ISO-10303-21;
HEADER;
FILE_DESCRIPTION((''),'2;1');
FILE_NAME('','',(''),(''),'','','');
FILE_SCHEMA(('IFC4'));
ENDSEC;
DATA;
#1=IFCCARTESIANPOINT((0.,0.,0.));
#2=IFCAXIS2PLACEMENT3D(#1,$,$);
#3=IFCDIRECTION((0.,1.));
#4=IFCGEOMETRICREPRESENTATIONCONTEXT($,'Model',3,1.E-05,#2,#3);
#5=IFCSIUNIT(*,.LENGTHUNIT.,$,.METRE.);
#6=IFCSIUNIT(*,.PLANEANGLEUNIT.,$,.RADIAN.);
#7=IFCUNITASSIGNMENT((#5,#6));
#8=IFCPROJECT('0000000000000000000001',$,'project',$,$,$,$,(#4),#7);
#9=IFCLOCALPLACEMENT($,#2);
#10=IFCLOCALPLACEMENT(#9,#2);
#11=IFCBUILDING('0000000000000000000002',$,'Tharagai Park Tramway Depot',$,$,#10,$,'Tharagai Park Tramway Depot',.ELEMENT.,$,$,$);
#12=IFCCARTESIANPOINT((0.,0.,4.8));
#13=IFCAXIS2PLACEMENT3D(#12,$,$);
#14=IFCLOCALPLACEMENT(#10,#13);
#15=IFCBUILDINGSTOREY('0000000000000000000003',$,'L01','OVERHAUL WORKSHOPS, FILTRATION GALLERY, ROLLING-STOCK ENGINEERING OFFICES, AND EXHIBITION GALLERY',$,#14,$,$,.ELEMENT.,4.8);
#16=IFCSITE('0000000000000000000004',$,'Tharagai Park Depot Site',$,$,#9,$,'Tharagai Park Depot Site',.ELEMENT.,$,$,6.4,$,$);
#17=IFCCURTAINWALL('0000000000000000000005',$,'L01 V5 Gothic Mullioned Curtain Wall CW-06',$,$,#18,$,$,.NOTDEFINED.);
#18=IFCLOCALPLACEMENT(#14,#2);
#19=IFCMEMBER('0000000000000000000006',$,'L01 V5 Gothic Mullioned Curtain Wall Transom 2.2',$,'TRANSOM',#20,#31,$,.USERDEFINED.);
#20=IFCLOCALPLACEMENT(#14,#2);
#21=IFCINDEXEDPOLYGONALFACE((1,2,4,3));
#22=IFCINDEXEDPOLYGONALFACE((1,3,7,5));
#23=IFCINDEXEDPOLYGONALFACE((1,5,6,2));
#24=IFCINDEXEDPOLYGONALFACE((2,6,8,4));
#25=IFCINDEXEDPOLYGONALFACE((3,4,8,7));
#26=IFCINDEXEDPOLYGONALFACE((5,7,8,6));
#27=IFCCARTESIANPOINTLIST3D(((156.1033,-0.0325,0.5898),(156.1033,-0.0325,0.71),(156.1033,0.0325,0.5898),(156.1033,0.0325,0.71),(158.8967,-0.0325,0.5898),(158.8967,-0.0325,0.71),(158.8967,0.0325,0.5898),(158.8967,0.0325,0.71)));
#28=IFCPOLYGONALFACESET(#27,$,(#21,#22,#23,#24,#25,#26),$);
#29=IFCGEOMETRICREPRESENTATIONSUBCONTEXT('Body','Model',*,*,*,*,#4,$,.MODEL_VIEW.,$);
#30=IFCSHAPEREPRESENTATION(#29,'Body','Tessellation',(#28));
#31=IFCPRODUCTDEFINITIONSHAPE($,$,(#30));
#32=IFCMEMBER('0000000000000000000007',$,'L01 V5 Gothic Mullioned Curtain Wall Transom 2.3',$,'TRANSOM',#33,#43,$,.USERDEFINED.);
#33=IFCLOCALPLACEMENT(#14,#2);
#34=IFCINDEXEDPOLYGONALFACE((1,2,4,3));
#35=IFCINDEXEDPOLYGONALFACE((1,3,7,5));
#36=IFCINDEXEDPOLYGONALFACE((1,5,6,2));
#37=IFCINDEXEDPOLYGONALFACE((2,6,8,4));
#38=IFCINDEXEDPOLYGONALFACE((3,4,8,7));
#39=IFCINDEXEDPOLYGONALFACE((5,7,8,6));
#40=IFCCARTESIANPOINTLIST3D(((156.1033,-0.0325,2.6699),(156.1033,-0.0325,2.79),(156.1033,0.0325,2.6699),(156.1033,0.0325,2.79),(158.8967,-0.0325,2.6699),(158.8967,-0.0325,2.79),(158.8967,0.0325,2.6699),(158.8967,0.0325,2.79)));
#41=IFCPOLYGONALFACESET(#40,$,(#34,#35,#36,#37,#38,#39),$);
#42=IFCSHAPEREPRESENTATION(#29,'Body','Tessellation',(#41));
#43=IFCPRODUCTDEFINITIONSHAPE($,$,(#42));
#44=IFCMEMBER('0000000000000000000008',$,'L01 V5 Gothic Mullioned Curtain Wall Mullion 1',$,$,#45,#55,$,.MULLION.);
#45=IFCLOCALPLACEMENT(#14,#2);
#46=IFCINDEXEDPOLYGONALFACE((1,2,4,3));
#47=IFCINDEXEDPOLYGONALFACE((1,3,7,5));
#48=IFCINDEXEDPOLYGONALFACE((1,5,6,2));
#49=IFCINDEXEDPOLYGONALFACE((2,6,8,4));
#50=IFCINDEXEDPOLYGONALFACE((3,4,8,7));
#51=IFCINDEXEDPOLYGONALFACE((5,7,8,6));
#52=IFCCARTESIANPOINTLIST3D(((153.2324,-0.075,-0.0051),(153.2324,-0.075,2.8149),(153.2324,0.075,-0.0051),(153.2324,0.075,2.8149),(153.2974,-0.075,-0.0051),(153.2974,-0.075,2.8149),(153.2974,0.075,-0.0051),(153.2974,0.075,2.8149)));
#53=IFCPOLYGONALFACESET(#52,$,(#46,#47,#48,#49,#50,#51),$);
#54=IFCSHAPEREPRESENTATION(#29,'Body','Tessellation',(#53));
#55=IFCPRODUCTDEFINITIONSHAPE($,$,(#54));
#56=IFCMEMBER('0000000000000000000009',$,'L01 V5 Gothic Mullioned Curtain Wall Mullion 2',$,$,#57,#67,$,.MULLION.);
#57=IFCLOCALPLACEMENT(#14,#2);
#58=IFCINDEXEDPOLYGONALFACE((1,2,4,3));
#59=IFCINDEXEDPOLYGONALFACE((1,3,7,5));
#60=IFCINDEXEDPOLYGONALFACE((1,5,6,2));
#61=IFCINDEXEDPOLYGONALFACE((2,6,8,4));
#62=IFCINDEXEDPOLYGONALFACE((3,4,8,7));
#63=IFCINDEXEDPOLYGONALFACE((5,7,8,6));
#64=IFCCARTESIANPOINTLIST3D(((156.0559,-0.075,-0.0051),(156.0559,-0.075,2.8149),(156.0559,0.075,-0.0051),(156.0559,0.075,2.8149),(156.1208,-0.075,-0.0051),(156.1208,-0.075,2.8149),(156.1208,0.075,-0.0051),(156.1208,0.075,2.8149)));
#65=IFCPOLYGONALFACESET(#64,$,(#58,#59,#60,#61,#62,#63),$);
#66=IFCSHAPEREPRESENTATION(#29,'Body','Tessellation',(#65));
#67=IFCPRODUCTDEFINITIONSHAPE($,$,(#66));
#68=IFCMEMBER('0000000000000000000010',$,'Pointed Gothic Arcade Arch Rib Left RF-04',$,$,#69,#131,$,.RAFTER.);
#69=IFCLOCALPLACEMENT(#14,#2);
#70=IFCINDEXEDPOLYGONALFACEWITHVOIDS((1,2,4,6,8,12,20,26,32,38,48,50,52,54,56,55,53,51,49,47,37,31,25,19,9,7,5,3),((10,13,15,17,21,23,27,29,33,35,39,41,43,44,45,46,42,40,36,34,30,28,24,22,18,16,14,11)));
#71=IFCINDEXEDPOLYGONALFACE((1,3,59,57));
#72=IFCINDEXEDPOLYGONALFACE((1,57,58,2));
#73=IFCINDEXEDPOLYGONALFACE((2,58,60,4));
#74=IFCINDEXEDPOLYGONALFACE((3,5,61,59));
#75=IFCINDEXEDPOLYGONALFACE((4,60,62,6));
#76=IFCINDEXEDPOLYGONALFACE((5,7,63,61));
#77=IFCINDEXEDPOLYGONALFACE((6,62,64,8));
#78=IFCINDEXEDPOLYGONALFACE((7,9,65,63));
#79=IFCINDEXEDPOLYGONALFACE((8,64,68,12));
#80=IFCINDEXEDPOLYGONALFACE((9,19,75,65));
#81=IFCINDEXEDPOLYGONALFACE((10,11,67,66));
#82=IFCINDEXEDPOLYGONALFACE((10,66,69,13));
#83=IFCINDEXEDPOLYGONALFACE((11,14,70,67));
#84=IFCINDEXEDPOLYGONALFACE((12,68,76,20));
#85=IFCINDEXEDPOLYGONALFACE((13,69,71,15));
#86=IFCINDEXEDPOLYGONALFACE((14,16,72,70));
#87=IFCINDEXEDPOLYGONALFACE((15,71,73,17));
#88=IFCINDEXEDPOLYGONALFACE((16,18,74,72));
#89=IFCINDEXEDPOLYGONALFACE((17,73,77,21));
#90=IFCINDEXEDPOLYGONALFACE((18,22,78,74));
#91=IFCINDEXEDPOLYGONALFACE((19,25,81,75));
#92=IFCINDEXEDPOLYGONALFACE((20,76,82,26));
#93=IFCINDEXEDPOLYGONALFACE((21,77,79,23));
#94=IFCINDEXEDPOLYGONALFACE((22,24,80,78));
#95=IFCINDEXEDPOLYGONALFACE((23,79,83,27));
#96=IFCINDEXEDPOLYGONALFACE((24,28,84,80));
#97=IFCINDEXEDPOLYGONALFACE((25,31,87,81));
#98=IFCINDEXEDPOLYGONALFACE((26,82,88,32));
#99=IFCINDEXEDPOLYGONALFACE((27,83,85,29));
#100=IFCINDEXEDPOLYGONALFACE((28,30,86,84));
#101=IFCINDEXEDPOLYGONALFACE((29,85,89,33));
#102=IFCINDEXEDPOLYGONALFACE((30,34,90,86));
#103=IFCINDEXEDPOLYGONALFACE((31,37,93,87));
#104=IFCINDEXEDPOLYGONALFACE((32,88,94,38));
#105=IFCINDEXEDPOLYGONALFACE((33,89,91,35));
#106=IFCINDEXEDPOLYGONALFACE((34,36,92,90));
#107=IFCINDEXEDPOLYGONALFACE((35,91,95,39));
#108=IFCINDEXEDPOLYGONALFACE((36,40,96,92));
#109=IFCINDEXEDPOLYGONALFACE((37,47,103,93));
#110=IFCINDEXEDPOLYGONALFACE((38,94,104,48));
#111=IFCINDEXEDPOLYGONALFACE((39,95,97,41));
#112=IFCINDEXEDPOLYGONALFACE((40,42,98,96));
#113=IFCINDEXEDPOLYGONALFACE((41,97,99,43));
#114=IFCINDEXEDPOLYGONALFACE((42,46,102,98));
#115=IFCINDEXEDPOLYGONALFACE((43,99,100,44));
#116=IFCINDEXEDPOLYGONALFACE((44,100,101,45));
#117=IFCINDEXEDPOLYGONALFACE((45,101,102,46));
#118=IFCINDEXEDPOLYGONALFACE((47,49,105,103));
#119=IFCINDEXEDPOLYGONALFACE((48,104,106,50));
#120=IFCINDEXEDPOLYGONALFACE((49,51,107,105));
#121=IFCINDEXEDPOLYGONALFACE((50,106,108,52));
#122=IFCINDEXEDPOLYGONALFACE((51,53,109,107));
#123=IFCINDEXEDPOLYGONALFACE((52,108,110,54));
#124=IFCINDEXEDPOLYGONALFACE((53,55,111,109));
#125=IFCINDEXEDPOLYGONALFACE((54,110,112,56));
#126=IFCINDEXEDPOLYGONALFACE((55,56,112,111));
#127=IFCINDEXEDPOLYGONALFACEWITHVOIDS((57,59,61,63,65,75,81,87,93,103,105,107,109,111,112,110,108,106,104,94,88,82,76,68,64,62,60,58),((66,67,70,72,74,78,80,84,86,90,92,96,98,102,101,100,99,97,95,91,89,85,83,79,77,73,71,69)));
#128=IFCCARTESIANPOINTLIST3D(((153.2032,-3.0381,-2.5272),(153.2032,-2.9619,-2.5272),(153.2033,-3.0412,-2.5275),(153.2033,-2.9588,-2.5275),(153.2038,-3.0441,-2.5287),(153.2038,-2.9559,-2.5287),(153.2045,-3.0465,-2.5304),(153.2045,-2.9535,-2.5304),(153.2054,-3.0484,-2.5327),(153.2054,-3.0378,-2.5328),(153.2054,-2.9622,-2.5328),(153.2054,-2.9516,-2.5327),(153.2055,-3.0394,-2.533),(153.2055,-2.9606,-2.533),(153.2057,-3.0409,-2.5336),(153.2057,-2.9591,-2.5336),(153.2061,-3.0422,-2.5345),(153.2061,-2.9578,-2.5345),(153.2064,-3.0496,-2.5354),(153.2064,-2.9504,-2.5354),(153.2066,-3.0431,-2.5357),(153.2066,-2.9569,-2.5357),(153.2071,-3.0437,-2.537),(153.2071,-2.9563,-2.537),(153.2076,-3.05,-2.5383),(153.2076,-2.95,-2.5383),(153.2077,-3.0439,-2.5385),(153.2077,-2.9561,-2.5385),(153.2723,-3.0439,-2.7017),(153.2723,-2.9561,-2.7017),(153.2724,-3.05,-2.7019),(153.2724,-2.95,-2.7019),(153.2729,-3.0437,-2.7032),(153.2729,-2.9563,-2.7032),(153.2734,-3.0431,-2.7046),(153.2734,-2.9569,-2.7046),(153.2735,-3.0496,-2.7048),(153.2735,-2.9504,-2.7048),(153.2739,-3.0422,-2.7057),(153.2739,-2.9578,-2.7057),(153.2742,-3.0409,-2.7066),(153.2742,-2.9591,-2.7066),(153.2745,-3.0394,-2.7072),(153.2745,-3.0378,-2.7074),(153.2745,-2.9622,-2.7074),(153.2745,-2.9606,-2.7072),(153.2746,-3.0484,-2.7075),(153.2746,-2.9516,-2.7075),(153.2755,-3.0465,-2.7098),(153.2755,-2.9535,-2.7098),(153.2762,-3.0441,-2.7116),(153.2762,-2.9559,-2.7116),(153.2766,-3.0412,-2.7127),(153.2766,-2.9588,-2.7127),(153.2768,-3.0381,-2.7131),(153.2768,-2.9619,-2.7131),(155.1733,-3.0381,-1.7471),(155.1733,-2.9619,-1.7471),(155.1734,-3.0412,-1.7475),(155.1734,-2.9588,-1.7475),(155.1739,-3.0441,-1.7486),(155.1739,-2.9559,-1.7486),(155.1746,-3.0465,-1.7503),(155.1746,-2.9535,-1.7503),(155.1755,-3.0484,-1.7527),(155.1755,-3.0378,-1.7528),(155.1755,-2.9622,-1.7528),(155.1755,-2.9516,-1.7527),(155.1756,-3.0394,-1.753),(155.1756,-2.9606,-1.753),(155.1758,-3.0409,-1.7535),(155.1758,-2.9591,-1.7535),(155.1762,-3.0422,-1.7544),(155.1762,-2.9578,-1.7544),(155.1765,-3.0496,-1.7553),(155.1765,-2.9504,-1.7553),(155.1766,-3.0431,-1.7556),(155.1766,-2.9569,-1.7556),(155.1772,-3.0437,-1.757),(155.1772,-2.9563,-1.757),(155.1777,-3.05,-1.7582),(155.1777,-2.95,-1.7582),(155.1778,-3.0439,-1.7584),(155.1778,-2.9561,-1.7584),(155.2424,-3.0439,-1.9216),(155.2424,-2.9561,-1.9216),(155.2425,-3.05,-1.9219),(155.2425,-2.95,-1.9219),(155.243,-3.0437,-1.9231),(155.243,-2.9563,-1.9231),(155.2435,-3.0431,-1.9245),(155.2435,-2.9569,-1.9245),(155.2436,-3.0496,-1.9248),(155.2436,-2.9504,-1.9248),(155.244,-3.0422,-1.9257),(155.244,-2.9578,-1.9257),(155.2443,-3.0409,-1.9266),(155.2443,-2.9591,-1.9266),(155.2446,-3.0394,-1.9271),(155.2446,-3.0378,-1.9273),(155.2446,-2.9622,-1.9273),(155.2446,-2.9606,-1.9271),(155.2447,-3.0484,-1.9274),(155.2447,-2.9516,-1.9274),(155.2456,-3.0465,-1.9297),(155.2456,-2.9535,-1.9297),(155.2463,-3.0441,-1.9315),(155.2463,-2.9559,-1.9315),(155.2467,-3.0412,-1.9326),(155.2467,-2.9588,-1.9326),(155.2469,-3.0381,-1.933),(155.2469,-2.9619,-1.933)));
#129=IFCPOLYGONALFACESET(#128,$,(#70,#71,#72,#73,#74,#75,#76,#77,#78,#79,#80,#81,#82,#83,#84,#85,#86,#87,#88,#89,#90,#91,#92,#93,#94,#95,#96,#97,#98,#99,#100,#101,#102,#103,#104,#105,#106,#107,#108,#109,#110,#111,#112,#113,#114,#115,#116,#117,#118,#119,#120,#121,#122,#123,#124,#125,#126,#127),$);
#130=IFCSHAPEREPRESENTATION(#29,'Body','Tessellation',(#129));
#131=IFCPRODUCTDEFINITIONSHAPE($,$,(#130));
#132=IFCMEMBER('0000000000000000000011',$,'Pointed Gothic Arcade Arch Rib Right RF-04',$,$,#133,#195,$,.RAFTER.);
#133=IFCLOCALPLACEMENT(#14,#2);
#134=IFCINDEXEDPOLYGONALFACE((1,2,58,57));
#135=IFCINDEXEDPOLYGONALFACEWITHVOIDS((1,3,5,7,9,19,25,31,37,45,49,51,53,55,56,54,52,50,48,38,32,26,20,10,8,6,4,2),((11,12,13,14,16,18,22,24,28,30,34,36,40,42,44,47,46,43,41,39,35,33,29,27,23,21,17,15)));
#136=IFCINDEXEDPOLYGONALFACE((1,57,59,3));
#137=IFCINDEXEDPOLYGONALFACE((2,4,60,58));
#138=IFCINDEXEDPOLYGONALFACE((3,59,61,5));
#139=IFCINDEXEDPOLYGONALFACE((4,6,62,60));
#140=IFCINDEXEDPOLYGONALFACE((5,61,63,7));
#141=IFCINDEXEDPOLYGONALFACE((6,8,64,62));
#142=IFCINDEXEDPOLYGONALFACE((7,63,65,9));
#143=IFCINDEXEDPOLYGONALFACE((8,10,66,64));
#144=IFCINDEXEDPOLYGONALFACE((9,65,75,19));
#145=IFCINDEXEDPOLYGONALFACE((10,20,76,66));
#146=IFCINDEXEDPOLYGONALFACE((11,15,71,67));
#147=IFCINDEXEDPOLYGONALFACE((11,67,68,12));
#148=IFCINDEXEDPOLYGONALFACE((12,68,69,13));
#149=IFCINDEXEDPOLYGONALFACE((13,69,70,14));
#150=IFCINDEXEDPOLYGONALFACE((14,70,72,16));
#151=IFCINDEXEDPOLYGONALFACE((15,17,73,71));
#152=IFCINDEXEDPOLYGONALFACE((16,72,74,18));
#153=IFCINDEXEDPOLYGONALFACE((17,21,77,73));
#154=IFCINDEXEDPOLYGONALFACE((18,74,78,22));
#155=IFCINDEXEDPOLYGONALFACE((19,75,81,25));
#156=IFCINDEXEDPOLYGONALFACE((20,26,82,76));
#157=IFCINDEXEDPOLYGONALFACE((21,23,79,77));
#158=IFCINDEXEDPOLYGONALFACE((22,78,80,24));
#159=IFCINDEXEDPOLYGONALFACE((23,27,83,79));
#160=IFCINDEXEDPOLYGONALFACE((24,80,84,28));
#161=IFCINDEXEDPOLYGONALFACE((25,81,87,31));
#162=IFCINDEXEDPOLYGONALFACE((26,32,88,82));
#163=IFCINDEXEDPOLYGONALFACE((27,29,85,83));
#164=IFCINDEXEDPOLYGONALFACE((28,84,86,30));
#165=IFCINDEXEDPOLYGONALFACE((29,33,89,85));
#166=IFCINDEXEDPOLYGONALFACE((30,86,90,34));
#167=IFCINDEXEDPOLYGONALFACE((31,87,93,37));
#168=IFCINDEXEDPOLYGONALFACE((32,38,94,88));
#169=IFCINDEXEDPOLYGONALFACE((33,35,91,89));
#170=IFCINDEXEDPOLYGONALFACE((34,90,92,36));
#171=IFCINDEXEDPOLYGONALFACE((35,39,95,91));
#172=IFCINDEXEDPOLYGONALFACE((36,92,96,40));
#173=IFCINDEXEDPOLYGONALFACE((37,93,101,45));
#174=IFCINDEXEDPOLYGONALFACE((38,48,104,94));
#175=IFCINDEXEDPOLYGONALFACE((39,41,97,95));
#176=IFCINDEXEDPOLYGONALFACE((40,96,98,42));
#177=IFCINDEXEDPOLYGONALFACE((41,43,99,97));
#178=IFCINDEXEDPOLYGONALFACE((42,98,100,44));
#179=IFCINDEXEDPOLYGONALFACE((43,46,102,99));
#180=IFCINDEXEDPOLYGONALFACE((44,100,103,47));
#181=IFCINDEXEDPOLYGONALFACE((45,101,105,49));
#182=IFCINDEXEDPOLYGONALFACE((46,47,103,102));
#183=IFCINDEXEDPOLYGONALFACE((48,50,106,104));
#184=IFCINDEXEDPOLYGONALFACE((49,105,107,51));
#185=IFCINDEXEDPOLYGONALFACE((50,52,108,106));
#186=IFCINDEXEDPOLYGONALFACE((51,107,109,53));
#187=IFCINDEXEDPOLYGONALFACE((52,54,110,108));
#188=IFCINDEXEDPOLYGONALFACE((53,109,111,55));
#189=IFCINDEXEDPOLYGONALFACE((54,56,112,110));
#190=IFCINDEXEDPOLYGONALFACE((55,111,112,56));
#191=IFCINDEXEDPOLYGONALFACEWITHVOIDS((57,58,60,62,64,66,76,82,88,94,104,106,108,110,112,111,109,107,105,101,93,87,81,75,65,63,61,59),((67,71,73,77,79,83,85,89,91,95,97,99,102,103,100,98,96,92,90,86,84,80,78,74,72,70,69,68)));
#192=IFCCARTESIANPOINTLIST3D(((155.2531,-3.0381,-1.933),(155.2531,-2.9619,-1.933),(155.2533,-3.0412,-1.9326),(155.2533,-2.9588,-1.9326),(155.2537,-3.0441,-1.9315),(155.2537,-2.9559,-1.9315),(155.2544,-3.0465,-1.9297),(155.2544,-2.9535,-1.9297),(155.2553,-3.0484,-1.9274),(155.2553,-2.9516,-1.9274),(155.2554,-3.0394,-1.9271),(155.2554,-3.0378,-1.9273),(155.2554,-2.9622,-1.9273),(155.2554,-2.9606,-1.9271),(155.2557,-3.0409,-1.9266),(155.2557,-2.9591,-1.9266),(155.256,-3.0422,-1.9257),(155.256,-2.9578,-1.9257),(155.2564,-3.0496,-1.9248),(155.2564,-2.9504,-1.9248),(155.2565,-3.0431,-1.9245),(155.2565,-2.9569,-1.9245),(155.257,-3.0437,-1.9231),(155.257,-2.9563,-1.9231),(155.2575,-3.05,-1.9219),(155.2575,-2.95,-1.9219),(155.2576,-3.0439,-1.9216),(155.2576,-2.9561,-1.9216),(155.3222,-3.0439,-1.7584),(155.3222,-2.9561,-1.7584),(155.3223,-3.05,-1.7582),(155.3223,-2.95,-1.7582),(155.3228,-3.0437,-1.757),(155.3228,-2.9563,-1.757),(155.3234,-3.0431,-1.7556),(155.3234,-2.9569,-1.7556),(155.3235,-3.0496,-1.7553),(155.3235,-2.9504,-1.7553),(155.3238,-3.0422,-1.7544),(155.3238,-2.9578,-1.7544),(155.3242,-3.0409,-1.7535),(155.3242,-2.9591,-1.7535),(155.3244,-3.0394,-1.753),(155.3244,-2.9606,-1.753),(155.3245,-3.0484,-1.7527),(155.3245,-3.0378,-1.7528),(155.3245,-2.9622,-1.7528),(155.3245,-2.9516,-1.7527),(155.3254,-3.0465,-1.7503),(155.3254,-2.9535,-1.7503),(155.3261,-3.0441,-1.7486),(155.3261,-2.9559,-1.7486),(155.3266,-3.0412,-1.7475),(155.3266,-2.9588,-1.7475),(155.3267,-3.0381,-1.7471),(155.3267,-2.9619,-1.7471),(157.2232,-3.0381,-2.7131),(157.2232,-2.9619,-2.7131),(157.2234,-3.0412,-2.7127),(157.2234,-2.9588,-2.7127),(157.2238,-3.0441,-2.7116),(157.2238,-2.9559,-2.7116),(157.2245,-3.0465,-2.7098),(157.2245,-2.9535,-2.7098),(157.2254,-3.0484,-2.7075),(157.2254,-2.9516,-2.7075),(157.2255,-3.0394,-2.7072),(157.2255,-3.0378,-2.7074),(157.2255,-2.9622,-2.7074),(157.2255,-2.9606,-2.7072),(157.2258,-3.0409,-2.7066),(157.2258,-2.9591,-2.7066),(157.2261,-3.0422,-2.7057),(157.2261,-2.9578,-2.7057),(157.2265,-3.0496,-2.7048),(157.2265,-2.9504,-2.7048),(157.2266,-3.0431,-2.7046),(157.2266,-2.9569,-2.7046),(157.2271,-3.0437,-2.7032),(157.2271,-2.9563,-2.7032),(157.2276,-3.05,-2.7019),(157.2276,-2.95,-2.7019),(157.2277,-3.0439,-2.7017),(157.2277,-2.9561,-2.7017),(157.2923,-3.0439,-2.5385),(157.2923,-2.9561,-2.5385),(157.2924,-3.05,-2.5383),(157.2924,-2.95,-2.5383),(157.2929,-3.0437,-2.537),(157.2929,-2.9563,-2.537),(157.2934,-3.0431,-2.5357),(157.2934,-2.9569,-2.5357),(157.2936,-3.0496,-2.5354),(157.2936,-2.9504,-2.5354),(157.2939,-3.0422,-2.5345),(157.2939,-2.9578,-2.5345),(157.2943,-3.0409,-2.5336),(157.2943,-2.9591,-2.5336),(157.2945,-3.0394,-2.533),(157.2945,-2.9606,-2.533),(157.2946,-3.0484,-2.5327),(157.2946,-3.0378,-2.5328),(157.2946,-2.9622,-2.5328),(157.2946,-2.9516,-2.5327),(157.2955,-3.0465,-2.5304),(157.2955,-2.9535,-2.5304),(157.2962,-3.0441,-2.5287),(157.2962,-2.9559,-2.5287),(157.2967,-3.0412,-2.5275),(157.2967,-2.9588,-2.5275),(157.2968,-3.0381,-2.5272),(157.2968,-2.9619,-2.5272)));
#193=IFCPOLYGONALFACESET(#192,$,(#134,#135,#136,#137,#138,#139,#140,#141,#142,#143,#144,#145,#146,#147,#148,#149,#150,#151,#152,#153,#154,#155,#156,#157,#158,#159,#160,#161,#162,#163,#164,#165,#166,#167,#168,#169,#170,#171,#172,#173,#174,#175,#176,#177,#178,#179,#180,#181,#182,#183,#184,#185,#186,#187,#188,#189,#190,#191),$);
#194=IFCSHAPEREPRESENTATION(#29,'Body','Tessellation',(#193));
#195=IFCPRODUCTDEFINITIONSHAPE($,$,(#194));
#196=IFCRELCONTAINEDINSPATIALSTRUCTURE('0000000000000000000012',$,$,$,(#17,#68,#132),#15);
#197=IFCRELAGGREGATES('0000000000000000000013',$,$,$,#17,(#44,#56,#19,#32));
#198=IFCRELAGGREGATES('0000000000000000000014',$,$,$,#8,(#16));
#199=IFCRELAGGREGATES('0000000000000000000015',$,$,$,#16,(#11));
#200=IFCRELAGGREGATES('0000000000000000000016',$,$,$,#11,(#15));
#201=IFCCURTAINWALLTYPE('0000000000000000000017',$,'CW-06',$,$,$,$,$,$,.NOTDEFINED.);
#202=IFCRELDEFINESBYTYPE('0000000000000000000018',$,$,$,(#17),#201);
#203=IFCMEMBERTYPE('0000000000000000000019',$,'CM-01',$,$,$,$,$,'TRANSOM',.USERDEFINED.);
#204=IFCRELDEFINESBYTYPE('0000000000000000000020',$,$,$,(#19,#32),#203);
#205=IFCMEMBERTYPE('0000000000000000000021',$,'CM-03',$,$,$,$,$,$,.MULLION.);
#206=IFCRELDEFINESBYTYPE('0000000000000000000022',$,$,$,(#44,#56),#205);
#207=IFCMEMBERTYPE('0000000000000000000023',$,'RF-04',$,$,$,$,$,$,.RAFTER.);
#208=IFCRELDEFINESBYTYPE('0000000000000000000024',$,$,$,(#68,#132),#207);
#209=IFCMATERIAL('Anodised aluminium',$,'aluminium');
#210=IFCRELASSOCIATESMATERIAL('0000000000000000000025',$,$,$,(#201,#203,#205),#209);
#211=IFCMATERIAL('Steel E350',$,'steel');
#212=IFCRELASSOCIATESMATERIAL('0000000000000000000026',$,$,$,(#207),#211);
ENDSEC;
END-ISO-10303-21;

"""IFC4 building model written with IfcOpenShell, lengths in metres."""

from ifc_helpers import new_model, si_unit, direction, frame, origin, origin_2d, place, context, subcontext, project, spatial, rectangle, hollow_rectangle, extrude, material, material_profile, profile_set, type_object, element, aggregate, save


model = new_model("IFC4")

# Units and contexts
model_context = context("Model", 3, precision=1e-05, world=origin(), true_north=direction((0.0, 1.0)))
body_context = subcontext(model_context, "Body", "Model", "MODEL_VIEW")
ifc_project = project(units=[si_unit("LENGTHUNIT", "METRE"), si_unit("PLANEANGLEUNIT", "RADIAN")], contexts=[model_context])

# Site, building, storey
site_placement = place(None, origin())
site = spatial("IfcSite", under=ifc_project, at=site_placement, Name="Tharagai Park Depot Site", LongName="Tharagai Park Depot Site", CompositionType="ELEMENT", RefElevation=6.4)
building_placement = place(site_placement, origin())
building = spatial("IfcBuilding", under=site, at=building_placement, Name="Tharagai Park Tramway Depot", LongName="Tharagai Park Tramway Depot", CompositionType="ELEMENT")
storey_placement = place(building_placement, frame((0.0, 0.0, 4.8)))
storey = spatial("IfcBuildingStorey", under=building, at=storey_placement, Name="L01", Description="OVERHAUL WORKSHOPS, FILTRATION GALLERY, ROLLING-STOCK ENGINEERING OFFICES, AND EXHIBITION GALLERY", CompositionType="ELEMENT", Elevation=4.8)

# Curtain wall, members
ifc_material_1 = material(Name="Anodised aluminium", Category="aluminium")
curtain_wall_type = type_object("IfcCurtainWallType", Name="CW-06", PredefinedType="NOTDEFINED", material=ifc_material_1)
curtain_wall_placement = place(storey_placement, origin())
curtain_wall = element("IfcCurtainWall", 1, at=curtain_wall_placement, inside=storey, type_object=curtain_wall_type, Name="L01 V5 Gothic Mullioned Curtain Wall CW-06", PredefinedType="NOTDEFINED")
ifc_material_profile_1 = material_profile(ifc_material_1, rectangle(XDim=0.0649, YDim=0.1201, at=origin_2d()), Name="ALU 65x120")
ifc_profile_set_1 = profile_set([ifc_material_profile_1], Name="Anodised aluminium")
member_type_1 = type_object("IfcMemberType", Name="CM-01", ElementType="TRANSOM", PredefinedType="USERDEFINED", material=ifc_profile_set_1)
member_1_placement = place(storey_placement, frame((156.1033, 0.0, 0.6499), z_axis=(1.0, 0.0, 0.0), x_axis=(0.0, 1.0, 0.0)))
member_1 = element("IfcMember", 2, at=member_1_placement, type_object=member_type_1, Name="L01 V5 Gothic Mullioned Curtain Wall Transom 2.2", ObjectType="TRANSOM", PredefinedType="USERDEFINED", context=body_context, shape_type="SweptSolid", body=[
    extrude(rectangle(XDim=0.0649, YDim=0.1201, at=origin_2d()), origin(), (0.0, 0.0, 1.0), 2.7935),
])
member_2_placement = place(storey_placement, frame((156.1033, 0.0, 2.73), z_axis=(1.0, 0.0, 0.0), x_axis=(0.0, 1.0, 0.0)))
member_2 = element("IfcMember", 3, at=member_2_placement, type_object=member_type_1, Name="L01 V5 Gothic Mullioned Curtain Wall Transom 2.3", ObjectType="TRANSOM", PredefinedType="USERDEFINED", context=body_context, shape_type="SweptSolid", body=[
    extrude(rectangle(XDim=0.0649, YDim=0.1201, at=origin_2d()), origin(), (0.0, 0.0, 1.0), 2.7935),
])
ifc_material_profile_2 = material_profile(ifc_material_1, rectangle(XDim=0.0649, YDim=0.1499, at=origin_2d()), Name="ALU 65x150")
ifc_profile_set_2 = profile_set([ifc_material_profile_2], Name="Anodised aluminium")
member_type_2 = type_object("IfcMemberType", Name="CM-03", PredefinedType="MULLION", material=ifc_profile_set_2)
member_3_placement = place(storey_placement, frame((153.2649, 0.0, -0.0051), z_axis=(0.0, 0.0, 1.0), x_axis=(1.0, 0.0, 0.0)))
member_3 = element("IfcMember", 4, at=member_3_placement, type_object=member_type_2, Name="L01 V5 Gothic Mullioned Curtain Wall Mullion 1", PredefinedType="MULLION", context=body_context, shape_type="SweptSolid", body=[
    extrude(rectangle(XDim=0.0649, YDim=0.1499, at=origin_2d()), origin(), (0.0, 0.0, 1.0), 2.8201),
])
member_4_placement = place(storey_placement, frame((156.0884, 0.0, -0.0051), z_axis=(0.0, 0.0, 1.0), x_axis=(1.0, 0.0, 0.0)))
member_4 = element("IfcMember", 5, at=member_4_placement, type_object=member_type_2, Name="L01 V5 Gothic Mullioned Curtain Wall Mullion 2", PredefinedType="MULLION", context=body_context, shape_type="SweptSolid", body=[
    extrude(rectangle(XDim=0.0649, YDim=0.1499, at=origin_2d()), origin(), (0.0, 0.0, 1.0), 2.8201),
])

# Members
ifc_material_2 = material(Name="Steel E350", Category="steel")
ifc_material_profile_3 = material_profile(ifc_material_2, hollow_rectangle(XDim=0.1001, YDim=0.2, WallThickness=0.0061, InnerFilletRadius=0.0061, OuterFilletRadius=0.012, at=origin_2d()), Name="RHS 200x100x6")
ifc_profile_set_3 = profile_set([ifc_material_profile_3], Name="Steel E350")
member_type_3 = type_object("IfcMemberType", Name="RF-04", PredefinedType="RAFTER", material=ifc_profile_set_3)
for number, where, z_axis, x_axis, name in (
    (6, (153.24, -3.0, -2.6201), (0.929766, 0.0, 0.36815), (0.0, 1.0, 0.0), "Pointed Gothic Arcade Arch Rib Left RF-04"),
    (7, (157.26, -3.0, -2.6201), (-0.929766, 0.0, 0.36815), (0.0, -1.0, 0.0), "Pointed Gothic Arcade Arch Rib Right RF-04"),
):
    element("IfcMember", number, at=place(storey_placement, frame(where, z_axis=z_axis, x_axis=x_axis)), inside=storey, type_object=member_type_3, Name=name, PredefinedType="RAFTER", context=body_context, shape_type="SweptSolid", body=[
        extrude(hollow_rectangle(XDim=0.1001, YDim=0.2, WallThickness=0.0061, InnerFilletRadius=0.0061, OuterFilletRadius=0.012, at=origin_2d()), origin(), (0.0, 0.0, 1.0), 2.1189),
    ])

aggregate(curtain_wall, [member_3, member_4, member_1, member_2])

save(model, "model.ifc")
